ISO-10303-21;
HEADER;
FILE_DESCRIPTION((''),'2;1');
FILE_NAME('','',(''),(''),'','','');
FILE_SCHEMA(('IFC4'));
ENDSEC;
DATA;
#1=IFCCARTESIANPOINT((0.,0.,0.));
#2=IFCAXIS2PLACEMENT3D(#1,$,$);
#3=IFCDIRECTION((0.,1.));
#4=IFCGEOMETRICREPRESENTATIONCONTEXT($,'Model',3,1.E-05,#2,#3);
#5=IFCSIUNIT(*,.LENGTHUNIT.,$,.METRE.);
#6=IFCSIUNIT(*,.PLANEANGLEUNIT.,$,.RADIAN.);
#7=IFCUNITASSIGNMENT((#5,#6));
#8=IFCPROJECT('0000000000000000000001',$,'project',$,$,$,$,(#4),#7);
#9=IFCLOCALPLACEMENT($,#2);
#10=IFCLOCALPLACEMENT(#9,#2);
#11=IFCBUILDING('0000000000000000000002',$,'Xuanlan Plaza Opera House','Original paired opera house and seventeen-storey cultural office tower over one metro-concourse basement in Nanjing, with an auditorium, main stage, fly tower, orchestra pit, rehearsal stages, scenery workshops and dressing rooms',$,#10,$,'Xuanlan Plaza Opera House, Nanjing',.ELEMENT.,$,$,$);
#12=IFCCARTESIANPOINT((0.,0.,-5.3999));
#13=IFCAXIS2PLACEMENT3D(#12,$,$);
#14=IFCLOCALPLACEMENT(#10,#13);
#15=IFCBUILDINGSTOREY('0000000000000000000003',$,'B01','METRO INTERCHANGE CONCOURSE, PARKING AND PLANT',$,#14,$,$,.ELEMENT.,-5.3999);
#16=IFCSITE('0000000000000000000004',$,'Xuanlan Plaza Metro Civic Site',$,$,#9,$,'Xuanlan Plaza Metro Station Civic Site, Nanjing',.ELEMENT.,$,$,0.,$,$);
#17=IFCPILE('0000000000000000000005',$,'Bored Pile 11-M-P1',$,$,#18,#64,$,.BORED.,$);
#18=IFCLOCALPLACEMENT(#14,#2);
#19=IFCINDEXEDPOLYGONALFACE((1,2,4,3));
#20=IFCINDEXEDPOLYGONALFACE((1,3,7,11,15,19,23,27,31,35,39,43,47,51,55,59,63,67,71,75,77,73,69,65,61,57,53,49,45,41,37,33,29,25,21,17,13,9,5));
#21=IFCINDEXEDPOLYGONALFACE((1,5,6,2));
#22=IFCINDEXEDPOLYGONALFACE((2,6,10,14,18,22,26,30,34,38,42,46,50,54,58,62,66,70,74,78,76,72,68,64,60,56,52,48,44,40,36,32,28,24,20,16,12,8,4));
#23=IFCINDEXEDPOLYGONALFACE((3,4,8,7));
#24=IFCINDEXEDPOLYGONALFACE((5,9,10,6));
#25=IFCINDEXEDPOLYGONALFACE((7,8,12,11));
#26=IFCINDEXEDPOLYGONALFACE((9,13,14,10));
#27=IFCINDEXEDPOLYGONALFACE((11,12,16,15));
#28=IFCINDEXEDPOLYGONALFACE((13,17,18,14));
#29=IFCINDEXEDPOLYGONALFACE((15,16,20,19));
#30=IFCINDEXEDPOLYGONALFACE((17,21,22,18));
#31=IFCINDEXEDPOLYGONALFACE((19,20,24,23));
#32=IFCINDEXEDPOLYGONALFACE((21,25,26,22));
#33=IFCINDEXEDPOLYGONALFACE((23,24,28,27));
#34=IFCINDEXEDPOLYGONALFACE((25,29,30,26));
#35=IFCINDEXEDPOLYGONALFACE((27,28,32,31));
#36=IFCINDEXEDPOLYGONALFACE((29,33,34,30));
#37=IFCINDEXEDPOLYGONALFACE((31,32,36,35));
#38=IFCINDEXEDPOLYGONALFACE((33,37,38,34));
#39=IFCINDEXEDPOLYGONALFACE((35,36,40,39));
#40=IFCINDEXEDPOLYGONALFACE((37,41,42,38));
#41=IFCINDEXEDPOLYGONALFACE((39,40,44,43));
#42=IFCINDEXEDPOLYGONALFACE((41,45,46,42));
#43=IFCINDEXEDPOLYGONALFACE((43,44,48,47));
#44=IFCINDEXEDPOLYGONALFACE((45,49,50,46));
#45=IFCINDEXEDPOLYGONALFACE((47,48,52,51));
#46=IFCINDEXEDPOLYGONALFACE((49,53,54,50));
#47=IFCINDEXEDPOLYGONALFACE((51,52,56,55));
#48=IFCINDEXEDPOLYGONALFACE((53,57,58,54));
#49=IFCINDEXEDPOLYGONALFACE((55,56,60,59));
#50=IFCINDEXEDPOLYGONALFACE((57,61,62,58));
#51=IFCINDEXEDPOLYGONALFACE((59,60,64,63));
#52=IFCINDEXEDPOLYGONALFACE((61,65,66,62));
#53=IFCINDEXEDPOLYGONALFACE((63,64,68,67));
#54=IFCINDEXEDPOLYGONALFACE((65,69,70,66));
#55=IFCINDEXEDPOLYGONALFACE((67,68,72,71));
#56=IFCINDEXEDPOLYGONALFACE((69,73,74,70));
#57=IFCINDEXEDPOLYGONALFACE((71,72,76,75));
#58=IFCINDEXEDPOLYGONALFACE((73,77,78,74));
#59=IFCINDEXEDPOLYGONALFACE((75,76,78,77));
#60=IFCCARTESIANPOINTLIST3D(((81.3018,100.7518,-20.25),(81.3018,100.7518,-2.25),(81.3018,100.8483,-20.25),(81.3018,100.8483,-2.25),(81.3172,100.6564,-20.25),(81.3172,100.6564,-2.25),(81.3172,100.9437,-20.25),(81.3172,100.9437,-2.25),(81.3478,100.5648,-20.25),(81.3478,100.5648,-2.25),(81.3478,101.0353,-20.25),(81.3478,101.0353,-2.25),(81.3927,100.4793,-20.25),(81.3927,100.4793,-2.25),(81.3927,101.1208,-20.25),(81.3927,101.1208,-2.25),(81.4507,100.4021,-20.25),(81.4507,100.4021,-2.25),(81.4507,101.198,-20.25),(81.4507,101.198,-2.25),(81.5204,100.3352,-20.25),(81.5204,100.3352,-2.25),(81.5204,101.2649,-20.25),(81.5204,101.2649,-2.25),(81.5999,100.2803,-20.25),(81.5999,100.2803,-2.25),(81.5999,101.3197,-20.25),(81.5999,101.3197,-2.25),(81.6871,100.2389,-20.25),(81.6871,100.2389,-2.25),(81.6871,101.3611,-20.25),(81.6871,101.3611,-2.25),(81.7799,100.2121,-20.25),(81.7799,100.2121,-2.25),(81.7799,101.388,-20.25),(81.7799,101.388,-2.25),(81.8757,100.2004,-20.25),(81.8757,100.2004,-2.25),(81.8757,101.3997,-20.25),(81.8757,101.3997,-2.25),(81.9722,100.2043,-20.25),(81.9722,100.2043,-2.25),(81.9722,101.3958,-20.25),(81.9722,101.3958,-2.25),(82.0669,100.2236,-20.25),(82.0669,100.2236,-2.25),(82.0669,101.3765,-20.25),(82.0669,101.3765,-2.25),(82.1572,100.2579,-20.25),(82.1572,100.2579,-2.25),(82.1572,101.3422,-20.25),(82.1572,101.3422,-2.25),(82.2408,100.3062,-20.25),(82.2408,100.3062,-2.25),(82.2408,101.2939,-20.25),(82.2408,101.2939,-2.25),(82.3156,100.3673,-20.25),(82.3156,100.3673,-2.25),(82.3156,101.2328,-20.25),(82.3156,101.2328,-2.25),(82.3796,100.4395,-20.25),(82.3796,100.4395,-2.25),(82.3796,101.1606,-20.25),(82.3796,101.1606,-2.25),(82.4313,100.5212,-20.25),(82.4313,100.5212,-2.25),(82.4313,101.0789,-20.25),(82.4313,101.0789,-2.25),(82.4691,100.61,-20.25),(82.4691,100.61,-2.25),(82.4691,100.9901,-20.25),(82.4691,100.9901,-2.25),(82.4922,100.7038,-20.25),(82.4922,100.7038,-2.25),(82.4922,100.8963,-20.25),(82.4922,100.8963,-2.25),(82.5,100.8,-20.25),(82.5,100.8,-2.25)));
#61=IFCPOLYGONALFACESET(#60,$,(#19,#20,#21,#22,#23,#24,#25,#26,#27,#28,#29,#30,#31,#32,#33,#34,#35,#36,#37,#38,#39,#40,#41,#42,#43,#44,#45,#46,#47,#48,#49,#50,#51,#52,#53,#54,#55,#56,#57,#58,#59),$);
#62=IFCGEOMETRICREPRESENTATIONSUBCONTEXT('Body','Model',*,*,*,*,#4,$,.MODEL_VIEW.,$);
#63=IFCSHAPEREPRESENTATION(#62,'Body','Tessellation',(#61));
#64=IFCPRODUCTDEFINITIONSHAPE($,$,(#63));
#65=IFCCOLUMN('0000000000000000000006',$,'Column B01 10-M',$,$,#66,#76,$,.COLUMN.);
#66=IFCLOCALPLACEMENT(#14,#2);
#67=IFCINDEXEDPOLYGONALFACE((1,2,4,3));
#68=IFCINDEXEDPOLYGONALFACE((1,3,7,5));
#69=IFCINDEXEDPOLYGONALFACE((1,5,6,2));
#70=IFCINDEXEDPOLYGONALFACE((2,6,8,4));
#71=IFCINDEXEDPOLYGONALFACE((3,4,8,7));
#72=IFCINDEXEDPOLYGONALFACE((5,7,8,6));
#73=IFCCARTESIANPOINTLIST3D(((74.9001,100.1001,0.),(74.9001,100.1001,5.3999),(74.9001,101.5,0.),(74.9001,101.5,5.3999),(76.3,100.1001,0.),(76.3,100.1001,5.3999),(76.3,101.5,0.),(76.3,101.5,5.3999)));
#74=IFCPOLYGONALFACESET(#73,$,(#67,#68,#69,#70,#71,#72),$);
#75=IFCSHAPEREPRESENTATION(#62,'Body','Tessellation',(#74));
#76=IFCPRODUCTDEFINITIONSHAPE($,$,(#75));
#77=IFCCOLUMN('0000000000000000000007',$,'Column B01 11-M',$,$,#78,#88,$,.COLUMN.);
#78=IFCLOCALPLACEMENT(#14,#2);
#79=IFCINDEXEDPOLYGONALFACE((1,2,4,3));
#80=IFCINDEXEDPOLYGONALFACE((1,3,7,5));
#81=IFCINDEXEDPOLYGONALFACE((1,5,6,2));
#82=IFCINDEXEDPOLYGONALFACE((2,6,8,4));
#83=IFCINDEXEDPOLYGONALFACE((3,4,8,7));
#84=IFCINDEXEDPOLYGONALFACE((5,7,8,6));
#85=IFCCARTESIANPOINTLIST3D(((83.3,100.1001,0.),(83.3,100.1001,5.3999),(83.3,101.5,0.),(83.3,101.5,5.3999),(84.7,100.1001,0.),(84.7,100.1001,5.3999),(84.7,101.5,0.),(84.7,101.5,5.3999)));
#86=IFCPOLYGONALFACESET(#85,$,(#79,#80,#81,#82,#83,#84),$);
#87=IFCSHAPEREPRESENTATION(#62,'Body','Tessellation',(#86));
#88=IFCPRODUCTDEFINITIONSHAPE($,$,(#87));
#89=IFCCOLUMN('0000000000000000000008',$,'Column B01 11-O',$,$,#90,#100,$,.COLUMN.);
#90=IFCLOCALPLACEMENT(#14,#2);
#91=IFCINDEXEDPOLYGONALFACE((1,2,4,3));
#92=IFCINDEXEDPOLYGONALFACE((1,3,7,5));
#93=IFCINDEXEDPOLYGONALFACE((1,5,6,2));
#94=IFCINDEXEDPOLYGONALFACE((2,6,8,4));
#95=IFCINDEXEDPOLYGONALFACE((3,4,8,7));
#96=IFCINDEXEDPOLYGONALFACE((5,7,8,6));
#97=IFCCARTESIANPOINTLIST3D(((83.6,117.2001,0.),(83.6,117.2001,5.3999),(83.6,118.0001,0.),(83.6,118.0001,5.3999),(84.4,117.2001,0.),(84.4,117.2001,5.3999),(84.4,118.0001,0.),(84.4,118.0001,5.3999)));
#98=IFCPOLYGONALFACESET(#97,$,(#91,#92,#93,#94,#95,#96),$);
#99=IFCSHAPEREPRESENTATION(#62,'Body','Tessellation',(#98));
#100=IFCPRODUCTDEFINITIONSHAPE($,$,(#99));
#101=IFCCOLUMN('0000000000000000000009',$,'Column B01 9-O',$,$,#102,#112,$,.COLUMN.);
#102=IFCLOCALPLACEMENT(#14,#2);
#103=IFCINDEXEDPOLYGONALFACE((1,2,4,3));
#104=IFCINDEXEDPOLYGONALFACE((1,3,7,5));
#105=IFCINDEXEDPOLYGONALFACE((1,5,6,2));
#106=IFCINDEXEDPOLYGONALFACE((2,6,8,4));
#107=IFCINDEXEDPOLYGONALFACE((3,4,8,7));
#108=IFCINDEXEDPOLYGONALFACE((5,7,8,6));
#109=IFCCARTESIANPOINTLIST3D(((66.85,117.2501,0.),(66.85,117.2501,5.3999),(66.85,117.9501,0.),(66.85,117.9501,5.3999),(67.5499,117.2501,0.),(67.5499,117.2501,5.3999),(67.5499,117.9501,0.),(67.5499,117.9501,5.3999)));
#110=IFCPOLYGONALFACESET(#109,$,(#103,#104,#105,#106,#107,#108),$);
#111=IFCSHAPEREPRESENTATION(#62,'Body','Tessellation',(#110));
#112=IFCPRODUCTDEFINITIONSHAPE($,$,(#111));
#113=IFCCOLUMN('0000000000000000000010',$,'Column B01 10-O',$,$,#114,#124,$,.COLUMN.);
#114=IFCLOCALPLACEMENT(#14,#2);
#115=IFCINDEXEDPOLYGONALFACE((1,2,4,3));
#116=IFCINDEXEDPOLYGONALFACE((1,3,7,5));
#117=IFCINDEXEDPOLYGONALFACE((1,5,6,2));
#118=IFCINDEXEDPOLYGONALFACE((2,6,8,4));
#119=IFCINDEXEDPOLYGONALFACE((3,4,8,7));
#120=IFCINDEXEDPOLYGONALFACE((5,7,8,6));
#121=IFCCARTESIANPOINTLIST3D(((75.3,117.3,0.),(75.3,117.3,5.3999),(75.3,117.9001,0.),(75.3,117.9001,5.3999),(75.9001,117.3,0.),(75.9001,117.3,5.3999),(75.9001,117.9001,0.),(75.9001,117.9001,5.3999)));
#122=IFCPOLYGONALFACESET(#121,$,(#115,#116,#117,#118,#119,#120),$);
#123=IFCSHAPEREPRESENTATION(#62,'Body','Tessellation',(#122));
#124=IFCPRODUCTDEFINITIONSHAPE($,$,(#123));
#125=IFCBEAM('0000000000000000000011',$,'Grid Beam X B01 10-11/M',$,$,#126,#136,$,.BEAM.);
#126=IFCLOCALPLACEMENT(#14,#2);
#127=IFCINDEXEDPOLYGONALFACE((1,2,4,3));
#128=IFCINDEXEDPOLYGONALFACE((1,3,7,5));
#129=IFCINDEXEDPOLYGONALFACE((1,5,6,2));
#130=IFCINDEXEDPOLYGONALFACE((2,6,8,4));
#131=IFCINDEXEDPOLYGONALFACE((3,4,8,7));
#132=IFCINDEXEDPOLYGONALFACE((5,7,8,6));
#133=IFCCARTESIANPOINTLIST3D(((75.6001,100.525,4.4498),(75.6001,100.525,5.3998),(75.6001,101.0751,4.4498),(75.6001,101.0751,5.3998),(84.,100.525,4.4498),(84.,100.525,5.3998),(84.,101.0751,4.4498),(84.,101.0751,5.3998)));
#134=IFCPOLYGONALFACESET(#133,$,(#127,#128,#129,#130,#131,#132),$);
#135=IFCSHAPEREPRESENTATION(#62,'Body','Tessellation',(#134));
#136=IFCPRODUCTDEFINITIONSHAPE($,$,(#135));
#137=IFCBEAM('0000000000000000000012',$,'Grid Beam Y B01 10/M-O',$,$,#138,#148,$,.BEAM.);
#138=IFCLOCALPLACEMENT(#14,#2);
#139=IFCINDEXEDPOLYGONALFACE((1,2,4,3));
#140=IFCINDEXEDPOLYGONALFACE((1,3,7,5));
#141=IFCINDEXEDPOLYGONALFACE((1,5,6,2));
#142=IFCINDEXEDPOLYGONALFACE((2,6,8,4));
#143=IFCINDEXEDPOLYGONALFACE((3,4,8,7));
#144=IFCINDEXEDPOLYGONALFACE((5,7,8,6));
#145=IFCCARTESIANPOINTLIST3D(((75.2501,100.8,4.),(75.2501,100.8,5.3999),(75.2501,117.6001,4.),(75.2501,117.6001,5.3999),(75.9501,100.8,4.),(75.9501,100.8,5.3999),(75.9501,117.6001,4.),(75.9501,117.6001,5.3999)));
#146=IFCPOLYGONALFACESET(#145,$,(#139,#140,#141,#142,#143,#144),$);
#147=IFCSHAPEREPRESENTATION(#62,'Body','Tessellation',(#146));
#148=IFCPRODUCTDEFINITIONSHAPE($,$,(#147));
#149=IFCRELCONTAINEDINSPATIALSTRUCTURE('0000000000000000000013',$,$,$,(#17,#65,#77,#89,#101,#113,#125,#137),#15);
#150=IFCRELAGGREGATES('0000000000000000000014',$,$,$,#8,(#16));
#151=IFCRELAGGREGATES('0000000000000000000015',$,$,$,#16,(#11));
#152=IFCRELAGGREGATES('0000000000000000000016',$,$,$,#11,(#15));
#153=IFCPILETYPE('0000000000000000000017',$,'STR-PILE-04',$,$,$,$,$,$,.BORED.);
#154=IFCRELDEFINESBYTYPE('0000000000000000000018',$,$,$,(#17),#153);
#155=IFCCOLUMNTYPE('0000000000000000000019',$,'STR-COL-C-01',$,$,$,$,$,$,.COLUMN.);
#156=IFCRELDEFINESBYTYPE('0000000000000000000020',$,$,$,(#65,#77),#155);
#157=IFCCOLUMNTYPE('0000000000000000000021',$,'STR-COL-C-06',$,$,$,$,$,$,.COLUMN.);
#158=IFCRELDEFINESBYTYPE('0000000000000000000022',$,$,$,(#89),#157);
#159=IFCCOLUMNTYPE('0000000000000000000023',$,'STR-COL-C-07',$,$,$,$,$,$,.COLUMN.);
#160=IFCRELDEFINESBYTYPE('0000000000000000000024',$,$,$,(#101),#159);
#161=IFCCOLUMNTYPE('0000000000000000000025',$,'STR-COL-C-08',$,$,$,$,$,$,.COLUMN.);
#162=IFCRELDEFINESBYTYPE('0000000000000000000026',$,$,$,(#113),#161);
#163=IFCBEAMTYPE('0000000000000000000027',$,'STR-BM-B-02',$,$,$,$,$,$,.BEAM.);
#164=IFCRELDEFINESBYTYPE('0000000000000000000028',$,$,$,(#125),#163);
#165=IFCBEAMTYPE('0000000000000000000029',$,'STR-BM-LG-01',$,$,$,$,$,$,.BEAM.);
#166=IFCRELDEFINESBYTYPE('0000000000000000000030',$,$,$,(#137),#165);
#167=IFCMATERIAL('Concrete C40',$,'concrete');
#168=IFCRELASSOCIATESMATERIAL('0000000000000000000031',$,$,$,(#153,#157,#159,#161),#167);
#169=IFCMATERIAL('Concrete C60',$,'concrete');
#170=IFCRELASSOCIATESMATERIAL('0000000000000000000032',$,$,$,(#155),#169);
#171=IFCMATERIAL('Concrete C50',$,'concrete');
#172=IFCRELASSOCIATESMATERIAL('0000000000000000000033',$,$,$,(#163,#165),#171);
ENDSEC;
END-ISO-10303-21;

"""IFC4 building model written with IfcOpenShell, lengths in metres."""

from ifc_helpers import new_model, si_unit, direction, frame, origin, origin_2d, place, context, subcontext, project, spatial, rectangle, circle, extrude, material, material_profile, profile_set, type_object, element, save


model = new_model("IFC4")

# Units and contexts
model_context = context("Model", 3, precision=1e-05, world=origin(), true_north=direction((0.0, 1.0)))
body_context = subcontext(model_context, "Body", "Model", "MODEL_VIEW")
ifc_project = project(units=[si_unit("LENGTHUNIT", "METRE"), si_unit("PLANEANGLEUNIT", "RADIAN")], contexts=[model_context])

# Site, building, storey
site_placement = place(None, origin())
site = spatial("IfcSite", under=ifc_project, at=site_placement, Name="Xuanlan Plaza Metro Civic Site", LongName="Xuanlan Plaza Metro Station Civic Site, Nanjing", CompositionType="ELEMENT", RefElevation=0.0)
building_placement = place(site_placement, origin())
building = spatial("IfcBuilding", under=site, at=building_placement, Name="Xuanlan Plaza Opera House", Description="Original paired opera house and seventeen-storey cultural office tower over one metro-concourse basement in Nanjing, with an auditorium, main stage, fly tower, orchestra pit, rehearsal stages, scenery workshops and dressing rooms", LongName="Xuanlan Plaza Opera House, Nanjing", CompositionType="ELEMENT")
storey_placement = place(building_placement, frame((0.0, 0.0, -5.3999)))
storey = spatial("IfcBuildingStorey", under=building, at=storey_placement, Name="B01", Description="METRO INTERCHANGE CONCOURSE, PARKING AND PLANT", CompositionType="ELEMENT", Elevation=-5.3999)

# Shared definitions
ifc_material_1 = material(Name="Concrete C50", Category="concrete")
ifc_material_2 = material(Name="Concrete C40", Category="concrete")

# Pile
ifc_material_profile_1 = material_profile(ifc_material_2, circle(Radius=0.6001, at=origin_2d()), Name="PILE D1200")
ifc_profile_set_1 = profile_set([ifc_material_profile_1], Name="Concrete C40")
pile_type = type_object("IfcPileType", Name="STR-PILE-04", PredefinedType="BORED", material=ifc_profile_set_1)
for number, where, z_axis, x_axis, name in (
    (1, (81.8999, 100.8, -2.25), (0.0, 0.0, -1.0), (1.0, 0.0, 0.0), "Bored Pile 11-M-P1"),
):
    element("IfcPile", number, at=place(storey_placement, frame(where, z_axis=z_axis, x_axis=x_axis)), inside=storey, type_object=pile_type, Name=name, PredefinedType="BORED", context=body_context, shape_type="SweptSolid", body=[
        extrude(circle(Radius=0.6001, at=origin_2d()), origin(), (0.0, 0.0, 1.0), 18.0),
    ])

# Columns
ifc_material_3 = material(Name="Concrete C60", Category="concrete")
ifc_material_profile_2 = material_profile(ifc_material_3, rectangle(XDim=1.3999, YDim=1.3999, at=origin_2d()), Name="RC-COL 1400x1400")
ifc_profile_set_2 = profile_set([ifc_material_profile_2], Name="Concrete C60")
column_type_1 = type_object("IfcColumnType", Name="STR-COL-C-01", PredefinedType="COLUMN", material=ifc_profile_set_2)
for number, where, z_axis, x_axis, name in (
    (2, (75.6001, 100.8, 0.0), (0.0, 0.0, 1.0), (1.0, 0.0, 0.0), "Column B01 10-M"),
    (3, (84.0, 100.8, 0.0), (0.0, 0.0, 1.0), (1.0, 0.0, 0.0), "Column B01 11-M"),
):
    element("IfcColumn", number, at=place(storey_placement, frame(where, z_axis=z_axis, x_axis=x_axis)), inside=storey, type_object=column_type_1, Name=name, PredefinedType="COLUMN", context=body_context, shape_type="SweptSolid", body=[
        extrude(rectangle(XDim=1.3999, YDim=1.3999, at=origin_2d()), origin(), (0.0, 0.0, 1.0), 5.3999),
    ])
ifc_material_profile_3 = material_profile(ifc_material_2, rectangle(XDim=0.8, YDim=0.8, at=origin_2d()), Name="RC-COL 800x800")
ifc_profile_set_3 = profile_set([ifc_material_profile_3], Name="Concrete C40")
column_type_2 = type_object("IfcColumnType", Name="STR-COL-C-06", PredefinedType="COLUMN", material=ifc_profile_set_3)
column_1_placement = place(storey_placement, frame((84.0, 117.6001, 0.0), z_axis=(0.0, 0.0, 1.0), x_axis=(1.0, 0.0, 0.0)))
element("IfcColumn", 4, at=column_1_placement, inside=storey, type_object=column_type_2, Name="Column B01 11-O", PredefinedType="COLUMN", context=body_context, shape_type="SweptSolid", body=[
    extrude(rectangle(XDim=0.8, YDim=0.8, at=origin_2d()), origin(), (0.0, 0.0, 1.0), 5.3999),
])
ifc_material_profile_4 = material_profile(ifc_material_2, rectangle(XDim=0.7, YDim=0.7, at=origin_2d()), Name="RC-COL 700x700")
ifc_profile_set_4 = profile_set([ifc_material_profile_4], Name="Concrete C40")
column_type_3 = type_object("IfcColumnType", Name="STR-COL-C-07", PredefinedType="COLUMN", material=ifc_profile_set_4)
column_2_placement = place(storey_placement, frame((67.2, 117.6001, 0.0), z_axis=(0.0, 0.0, 1.0), x_axis=(1.0, 0.0, 0.0)))
element("IfcColumn", 5, at=column_2_placement, inside=storey, type_object=column_type_3, Name="Column B01 9-O", PredefinedType="COLUMN", context=body_context, shape_type="SweptSolid", body=[
    extrude(rectangle(XDim=0.7, YDim=0.7, at=origin_2d()), origin(), (0.0, 0.0, 1.0), 5.3999),
])
ifc_material_profile_5 = material_profile(ifc_material_2, rectangle(XDim=0.6001, YDim=0.6001, at=origin_2d()), Name="RC-COL 600x600")
ifc_profile_set_5 = profile_set([ifc_material_profile_5], Name="Concrete C40")
column_type_4 = type_object("IfcColumnType", Name="STR-COL-C-08", PredefinedType="COLUMN", material=ifc_profile_set_5)
column_3_placement = place(storey_placement, frame((75.6001, 117.6001, 0.0), z_axis=(0.0, 0.0, 1.0), x_axis=(1.0, 0.0, 0.0)))
element("IfcColumn", 6, at=column_3_placement, inside=storey, type_object=column_type_4, Name="Column B01 10-O", PredefinedType="COLUMN", context=body_context, shape_type="SweptSolid", body=[
    extrude(rectangle(XDim=0.6001, YDim=0.6001, at=origin_2d()), origin(), (0.0, 0.0, 1.0), 5.3999),
])

# Beams
ifc_material_profile_6 = material_profile(ifc_material_1, rectangle(XDim=0.55, YDim=0.95, at=origin_2d()), Name="RC-BM 550x950")
ifc_profile_set_6 = profile_set([ifc_material_profile_6], Name="Concrete C50")
beam_type_1 = type_object("IfcBeamType", Name="STR-BM-B-02", PredefinedType="BEAM", material=ifc_profile_set_6)
beam_1_placement = place(storey_placement, frame((75.6001, 100.8, 4.9248), z_axis=(1.0, 0.0, 0.0), x_axis=(0.0, 1.0, 0.0)))
element("IfcBeam", 7, at=beam_1_placement, inside=storey, type_object=beam_type_1, Name="Grid Beam X B01 10-11/M", PredefinedType="BEAM", context=body_context, shape_type="SweptSolid", body=[
    extrude(rectangle(XDim=0.55, YDim=0.95, at=origin_2d()), origin(), (0.0, 0.0, 1.0), 8.3999),
])
ifc_material_profile_7 = material_profile(ifc_material_1, rectangle(XDim=0.7, YDim=1.3999, at=origin_2d()), Name="RC-LG 700x1400")
ifc_profile_set_7 = profile_set([ifc_material_profile_7], Name="Concrete C50")
beam_type_2 = type_object("IfcBeamType", Name="STR-BM-LG-01", PredefinedType="BEAM", material=ifc_profile_set_7)
beam_2_placement = place(storey_placement, frame((75.6001, 100.8, 4.7), z_axis=(0.0, 1.0, 0.0), x_axis=(-1.0, 0.0, 0.0)))
element("IfcBeam", 8, at=beam_2_placement, inside=storey, type_object=beam_type_2, Name="Grid Beam Y B01 10/M-O", PredefinedType="BEAM", context=body_context, shape_type="SweptSolid", body=[
    extrude(rectangle(XDim=0.7, YDim=1.3999, at=origin_2d()), origin(), (0.0, 0.0, 1.0), 16.8),
])

save(model, "model.ifc")
